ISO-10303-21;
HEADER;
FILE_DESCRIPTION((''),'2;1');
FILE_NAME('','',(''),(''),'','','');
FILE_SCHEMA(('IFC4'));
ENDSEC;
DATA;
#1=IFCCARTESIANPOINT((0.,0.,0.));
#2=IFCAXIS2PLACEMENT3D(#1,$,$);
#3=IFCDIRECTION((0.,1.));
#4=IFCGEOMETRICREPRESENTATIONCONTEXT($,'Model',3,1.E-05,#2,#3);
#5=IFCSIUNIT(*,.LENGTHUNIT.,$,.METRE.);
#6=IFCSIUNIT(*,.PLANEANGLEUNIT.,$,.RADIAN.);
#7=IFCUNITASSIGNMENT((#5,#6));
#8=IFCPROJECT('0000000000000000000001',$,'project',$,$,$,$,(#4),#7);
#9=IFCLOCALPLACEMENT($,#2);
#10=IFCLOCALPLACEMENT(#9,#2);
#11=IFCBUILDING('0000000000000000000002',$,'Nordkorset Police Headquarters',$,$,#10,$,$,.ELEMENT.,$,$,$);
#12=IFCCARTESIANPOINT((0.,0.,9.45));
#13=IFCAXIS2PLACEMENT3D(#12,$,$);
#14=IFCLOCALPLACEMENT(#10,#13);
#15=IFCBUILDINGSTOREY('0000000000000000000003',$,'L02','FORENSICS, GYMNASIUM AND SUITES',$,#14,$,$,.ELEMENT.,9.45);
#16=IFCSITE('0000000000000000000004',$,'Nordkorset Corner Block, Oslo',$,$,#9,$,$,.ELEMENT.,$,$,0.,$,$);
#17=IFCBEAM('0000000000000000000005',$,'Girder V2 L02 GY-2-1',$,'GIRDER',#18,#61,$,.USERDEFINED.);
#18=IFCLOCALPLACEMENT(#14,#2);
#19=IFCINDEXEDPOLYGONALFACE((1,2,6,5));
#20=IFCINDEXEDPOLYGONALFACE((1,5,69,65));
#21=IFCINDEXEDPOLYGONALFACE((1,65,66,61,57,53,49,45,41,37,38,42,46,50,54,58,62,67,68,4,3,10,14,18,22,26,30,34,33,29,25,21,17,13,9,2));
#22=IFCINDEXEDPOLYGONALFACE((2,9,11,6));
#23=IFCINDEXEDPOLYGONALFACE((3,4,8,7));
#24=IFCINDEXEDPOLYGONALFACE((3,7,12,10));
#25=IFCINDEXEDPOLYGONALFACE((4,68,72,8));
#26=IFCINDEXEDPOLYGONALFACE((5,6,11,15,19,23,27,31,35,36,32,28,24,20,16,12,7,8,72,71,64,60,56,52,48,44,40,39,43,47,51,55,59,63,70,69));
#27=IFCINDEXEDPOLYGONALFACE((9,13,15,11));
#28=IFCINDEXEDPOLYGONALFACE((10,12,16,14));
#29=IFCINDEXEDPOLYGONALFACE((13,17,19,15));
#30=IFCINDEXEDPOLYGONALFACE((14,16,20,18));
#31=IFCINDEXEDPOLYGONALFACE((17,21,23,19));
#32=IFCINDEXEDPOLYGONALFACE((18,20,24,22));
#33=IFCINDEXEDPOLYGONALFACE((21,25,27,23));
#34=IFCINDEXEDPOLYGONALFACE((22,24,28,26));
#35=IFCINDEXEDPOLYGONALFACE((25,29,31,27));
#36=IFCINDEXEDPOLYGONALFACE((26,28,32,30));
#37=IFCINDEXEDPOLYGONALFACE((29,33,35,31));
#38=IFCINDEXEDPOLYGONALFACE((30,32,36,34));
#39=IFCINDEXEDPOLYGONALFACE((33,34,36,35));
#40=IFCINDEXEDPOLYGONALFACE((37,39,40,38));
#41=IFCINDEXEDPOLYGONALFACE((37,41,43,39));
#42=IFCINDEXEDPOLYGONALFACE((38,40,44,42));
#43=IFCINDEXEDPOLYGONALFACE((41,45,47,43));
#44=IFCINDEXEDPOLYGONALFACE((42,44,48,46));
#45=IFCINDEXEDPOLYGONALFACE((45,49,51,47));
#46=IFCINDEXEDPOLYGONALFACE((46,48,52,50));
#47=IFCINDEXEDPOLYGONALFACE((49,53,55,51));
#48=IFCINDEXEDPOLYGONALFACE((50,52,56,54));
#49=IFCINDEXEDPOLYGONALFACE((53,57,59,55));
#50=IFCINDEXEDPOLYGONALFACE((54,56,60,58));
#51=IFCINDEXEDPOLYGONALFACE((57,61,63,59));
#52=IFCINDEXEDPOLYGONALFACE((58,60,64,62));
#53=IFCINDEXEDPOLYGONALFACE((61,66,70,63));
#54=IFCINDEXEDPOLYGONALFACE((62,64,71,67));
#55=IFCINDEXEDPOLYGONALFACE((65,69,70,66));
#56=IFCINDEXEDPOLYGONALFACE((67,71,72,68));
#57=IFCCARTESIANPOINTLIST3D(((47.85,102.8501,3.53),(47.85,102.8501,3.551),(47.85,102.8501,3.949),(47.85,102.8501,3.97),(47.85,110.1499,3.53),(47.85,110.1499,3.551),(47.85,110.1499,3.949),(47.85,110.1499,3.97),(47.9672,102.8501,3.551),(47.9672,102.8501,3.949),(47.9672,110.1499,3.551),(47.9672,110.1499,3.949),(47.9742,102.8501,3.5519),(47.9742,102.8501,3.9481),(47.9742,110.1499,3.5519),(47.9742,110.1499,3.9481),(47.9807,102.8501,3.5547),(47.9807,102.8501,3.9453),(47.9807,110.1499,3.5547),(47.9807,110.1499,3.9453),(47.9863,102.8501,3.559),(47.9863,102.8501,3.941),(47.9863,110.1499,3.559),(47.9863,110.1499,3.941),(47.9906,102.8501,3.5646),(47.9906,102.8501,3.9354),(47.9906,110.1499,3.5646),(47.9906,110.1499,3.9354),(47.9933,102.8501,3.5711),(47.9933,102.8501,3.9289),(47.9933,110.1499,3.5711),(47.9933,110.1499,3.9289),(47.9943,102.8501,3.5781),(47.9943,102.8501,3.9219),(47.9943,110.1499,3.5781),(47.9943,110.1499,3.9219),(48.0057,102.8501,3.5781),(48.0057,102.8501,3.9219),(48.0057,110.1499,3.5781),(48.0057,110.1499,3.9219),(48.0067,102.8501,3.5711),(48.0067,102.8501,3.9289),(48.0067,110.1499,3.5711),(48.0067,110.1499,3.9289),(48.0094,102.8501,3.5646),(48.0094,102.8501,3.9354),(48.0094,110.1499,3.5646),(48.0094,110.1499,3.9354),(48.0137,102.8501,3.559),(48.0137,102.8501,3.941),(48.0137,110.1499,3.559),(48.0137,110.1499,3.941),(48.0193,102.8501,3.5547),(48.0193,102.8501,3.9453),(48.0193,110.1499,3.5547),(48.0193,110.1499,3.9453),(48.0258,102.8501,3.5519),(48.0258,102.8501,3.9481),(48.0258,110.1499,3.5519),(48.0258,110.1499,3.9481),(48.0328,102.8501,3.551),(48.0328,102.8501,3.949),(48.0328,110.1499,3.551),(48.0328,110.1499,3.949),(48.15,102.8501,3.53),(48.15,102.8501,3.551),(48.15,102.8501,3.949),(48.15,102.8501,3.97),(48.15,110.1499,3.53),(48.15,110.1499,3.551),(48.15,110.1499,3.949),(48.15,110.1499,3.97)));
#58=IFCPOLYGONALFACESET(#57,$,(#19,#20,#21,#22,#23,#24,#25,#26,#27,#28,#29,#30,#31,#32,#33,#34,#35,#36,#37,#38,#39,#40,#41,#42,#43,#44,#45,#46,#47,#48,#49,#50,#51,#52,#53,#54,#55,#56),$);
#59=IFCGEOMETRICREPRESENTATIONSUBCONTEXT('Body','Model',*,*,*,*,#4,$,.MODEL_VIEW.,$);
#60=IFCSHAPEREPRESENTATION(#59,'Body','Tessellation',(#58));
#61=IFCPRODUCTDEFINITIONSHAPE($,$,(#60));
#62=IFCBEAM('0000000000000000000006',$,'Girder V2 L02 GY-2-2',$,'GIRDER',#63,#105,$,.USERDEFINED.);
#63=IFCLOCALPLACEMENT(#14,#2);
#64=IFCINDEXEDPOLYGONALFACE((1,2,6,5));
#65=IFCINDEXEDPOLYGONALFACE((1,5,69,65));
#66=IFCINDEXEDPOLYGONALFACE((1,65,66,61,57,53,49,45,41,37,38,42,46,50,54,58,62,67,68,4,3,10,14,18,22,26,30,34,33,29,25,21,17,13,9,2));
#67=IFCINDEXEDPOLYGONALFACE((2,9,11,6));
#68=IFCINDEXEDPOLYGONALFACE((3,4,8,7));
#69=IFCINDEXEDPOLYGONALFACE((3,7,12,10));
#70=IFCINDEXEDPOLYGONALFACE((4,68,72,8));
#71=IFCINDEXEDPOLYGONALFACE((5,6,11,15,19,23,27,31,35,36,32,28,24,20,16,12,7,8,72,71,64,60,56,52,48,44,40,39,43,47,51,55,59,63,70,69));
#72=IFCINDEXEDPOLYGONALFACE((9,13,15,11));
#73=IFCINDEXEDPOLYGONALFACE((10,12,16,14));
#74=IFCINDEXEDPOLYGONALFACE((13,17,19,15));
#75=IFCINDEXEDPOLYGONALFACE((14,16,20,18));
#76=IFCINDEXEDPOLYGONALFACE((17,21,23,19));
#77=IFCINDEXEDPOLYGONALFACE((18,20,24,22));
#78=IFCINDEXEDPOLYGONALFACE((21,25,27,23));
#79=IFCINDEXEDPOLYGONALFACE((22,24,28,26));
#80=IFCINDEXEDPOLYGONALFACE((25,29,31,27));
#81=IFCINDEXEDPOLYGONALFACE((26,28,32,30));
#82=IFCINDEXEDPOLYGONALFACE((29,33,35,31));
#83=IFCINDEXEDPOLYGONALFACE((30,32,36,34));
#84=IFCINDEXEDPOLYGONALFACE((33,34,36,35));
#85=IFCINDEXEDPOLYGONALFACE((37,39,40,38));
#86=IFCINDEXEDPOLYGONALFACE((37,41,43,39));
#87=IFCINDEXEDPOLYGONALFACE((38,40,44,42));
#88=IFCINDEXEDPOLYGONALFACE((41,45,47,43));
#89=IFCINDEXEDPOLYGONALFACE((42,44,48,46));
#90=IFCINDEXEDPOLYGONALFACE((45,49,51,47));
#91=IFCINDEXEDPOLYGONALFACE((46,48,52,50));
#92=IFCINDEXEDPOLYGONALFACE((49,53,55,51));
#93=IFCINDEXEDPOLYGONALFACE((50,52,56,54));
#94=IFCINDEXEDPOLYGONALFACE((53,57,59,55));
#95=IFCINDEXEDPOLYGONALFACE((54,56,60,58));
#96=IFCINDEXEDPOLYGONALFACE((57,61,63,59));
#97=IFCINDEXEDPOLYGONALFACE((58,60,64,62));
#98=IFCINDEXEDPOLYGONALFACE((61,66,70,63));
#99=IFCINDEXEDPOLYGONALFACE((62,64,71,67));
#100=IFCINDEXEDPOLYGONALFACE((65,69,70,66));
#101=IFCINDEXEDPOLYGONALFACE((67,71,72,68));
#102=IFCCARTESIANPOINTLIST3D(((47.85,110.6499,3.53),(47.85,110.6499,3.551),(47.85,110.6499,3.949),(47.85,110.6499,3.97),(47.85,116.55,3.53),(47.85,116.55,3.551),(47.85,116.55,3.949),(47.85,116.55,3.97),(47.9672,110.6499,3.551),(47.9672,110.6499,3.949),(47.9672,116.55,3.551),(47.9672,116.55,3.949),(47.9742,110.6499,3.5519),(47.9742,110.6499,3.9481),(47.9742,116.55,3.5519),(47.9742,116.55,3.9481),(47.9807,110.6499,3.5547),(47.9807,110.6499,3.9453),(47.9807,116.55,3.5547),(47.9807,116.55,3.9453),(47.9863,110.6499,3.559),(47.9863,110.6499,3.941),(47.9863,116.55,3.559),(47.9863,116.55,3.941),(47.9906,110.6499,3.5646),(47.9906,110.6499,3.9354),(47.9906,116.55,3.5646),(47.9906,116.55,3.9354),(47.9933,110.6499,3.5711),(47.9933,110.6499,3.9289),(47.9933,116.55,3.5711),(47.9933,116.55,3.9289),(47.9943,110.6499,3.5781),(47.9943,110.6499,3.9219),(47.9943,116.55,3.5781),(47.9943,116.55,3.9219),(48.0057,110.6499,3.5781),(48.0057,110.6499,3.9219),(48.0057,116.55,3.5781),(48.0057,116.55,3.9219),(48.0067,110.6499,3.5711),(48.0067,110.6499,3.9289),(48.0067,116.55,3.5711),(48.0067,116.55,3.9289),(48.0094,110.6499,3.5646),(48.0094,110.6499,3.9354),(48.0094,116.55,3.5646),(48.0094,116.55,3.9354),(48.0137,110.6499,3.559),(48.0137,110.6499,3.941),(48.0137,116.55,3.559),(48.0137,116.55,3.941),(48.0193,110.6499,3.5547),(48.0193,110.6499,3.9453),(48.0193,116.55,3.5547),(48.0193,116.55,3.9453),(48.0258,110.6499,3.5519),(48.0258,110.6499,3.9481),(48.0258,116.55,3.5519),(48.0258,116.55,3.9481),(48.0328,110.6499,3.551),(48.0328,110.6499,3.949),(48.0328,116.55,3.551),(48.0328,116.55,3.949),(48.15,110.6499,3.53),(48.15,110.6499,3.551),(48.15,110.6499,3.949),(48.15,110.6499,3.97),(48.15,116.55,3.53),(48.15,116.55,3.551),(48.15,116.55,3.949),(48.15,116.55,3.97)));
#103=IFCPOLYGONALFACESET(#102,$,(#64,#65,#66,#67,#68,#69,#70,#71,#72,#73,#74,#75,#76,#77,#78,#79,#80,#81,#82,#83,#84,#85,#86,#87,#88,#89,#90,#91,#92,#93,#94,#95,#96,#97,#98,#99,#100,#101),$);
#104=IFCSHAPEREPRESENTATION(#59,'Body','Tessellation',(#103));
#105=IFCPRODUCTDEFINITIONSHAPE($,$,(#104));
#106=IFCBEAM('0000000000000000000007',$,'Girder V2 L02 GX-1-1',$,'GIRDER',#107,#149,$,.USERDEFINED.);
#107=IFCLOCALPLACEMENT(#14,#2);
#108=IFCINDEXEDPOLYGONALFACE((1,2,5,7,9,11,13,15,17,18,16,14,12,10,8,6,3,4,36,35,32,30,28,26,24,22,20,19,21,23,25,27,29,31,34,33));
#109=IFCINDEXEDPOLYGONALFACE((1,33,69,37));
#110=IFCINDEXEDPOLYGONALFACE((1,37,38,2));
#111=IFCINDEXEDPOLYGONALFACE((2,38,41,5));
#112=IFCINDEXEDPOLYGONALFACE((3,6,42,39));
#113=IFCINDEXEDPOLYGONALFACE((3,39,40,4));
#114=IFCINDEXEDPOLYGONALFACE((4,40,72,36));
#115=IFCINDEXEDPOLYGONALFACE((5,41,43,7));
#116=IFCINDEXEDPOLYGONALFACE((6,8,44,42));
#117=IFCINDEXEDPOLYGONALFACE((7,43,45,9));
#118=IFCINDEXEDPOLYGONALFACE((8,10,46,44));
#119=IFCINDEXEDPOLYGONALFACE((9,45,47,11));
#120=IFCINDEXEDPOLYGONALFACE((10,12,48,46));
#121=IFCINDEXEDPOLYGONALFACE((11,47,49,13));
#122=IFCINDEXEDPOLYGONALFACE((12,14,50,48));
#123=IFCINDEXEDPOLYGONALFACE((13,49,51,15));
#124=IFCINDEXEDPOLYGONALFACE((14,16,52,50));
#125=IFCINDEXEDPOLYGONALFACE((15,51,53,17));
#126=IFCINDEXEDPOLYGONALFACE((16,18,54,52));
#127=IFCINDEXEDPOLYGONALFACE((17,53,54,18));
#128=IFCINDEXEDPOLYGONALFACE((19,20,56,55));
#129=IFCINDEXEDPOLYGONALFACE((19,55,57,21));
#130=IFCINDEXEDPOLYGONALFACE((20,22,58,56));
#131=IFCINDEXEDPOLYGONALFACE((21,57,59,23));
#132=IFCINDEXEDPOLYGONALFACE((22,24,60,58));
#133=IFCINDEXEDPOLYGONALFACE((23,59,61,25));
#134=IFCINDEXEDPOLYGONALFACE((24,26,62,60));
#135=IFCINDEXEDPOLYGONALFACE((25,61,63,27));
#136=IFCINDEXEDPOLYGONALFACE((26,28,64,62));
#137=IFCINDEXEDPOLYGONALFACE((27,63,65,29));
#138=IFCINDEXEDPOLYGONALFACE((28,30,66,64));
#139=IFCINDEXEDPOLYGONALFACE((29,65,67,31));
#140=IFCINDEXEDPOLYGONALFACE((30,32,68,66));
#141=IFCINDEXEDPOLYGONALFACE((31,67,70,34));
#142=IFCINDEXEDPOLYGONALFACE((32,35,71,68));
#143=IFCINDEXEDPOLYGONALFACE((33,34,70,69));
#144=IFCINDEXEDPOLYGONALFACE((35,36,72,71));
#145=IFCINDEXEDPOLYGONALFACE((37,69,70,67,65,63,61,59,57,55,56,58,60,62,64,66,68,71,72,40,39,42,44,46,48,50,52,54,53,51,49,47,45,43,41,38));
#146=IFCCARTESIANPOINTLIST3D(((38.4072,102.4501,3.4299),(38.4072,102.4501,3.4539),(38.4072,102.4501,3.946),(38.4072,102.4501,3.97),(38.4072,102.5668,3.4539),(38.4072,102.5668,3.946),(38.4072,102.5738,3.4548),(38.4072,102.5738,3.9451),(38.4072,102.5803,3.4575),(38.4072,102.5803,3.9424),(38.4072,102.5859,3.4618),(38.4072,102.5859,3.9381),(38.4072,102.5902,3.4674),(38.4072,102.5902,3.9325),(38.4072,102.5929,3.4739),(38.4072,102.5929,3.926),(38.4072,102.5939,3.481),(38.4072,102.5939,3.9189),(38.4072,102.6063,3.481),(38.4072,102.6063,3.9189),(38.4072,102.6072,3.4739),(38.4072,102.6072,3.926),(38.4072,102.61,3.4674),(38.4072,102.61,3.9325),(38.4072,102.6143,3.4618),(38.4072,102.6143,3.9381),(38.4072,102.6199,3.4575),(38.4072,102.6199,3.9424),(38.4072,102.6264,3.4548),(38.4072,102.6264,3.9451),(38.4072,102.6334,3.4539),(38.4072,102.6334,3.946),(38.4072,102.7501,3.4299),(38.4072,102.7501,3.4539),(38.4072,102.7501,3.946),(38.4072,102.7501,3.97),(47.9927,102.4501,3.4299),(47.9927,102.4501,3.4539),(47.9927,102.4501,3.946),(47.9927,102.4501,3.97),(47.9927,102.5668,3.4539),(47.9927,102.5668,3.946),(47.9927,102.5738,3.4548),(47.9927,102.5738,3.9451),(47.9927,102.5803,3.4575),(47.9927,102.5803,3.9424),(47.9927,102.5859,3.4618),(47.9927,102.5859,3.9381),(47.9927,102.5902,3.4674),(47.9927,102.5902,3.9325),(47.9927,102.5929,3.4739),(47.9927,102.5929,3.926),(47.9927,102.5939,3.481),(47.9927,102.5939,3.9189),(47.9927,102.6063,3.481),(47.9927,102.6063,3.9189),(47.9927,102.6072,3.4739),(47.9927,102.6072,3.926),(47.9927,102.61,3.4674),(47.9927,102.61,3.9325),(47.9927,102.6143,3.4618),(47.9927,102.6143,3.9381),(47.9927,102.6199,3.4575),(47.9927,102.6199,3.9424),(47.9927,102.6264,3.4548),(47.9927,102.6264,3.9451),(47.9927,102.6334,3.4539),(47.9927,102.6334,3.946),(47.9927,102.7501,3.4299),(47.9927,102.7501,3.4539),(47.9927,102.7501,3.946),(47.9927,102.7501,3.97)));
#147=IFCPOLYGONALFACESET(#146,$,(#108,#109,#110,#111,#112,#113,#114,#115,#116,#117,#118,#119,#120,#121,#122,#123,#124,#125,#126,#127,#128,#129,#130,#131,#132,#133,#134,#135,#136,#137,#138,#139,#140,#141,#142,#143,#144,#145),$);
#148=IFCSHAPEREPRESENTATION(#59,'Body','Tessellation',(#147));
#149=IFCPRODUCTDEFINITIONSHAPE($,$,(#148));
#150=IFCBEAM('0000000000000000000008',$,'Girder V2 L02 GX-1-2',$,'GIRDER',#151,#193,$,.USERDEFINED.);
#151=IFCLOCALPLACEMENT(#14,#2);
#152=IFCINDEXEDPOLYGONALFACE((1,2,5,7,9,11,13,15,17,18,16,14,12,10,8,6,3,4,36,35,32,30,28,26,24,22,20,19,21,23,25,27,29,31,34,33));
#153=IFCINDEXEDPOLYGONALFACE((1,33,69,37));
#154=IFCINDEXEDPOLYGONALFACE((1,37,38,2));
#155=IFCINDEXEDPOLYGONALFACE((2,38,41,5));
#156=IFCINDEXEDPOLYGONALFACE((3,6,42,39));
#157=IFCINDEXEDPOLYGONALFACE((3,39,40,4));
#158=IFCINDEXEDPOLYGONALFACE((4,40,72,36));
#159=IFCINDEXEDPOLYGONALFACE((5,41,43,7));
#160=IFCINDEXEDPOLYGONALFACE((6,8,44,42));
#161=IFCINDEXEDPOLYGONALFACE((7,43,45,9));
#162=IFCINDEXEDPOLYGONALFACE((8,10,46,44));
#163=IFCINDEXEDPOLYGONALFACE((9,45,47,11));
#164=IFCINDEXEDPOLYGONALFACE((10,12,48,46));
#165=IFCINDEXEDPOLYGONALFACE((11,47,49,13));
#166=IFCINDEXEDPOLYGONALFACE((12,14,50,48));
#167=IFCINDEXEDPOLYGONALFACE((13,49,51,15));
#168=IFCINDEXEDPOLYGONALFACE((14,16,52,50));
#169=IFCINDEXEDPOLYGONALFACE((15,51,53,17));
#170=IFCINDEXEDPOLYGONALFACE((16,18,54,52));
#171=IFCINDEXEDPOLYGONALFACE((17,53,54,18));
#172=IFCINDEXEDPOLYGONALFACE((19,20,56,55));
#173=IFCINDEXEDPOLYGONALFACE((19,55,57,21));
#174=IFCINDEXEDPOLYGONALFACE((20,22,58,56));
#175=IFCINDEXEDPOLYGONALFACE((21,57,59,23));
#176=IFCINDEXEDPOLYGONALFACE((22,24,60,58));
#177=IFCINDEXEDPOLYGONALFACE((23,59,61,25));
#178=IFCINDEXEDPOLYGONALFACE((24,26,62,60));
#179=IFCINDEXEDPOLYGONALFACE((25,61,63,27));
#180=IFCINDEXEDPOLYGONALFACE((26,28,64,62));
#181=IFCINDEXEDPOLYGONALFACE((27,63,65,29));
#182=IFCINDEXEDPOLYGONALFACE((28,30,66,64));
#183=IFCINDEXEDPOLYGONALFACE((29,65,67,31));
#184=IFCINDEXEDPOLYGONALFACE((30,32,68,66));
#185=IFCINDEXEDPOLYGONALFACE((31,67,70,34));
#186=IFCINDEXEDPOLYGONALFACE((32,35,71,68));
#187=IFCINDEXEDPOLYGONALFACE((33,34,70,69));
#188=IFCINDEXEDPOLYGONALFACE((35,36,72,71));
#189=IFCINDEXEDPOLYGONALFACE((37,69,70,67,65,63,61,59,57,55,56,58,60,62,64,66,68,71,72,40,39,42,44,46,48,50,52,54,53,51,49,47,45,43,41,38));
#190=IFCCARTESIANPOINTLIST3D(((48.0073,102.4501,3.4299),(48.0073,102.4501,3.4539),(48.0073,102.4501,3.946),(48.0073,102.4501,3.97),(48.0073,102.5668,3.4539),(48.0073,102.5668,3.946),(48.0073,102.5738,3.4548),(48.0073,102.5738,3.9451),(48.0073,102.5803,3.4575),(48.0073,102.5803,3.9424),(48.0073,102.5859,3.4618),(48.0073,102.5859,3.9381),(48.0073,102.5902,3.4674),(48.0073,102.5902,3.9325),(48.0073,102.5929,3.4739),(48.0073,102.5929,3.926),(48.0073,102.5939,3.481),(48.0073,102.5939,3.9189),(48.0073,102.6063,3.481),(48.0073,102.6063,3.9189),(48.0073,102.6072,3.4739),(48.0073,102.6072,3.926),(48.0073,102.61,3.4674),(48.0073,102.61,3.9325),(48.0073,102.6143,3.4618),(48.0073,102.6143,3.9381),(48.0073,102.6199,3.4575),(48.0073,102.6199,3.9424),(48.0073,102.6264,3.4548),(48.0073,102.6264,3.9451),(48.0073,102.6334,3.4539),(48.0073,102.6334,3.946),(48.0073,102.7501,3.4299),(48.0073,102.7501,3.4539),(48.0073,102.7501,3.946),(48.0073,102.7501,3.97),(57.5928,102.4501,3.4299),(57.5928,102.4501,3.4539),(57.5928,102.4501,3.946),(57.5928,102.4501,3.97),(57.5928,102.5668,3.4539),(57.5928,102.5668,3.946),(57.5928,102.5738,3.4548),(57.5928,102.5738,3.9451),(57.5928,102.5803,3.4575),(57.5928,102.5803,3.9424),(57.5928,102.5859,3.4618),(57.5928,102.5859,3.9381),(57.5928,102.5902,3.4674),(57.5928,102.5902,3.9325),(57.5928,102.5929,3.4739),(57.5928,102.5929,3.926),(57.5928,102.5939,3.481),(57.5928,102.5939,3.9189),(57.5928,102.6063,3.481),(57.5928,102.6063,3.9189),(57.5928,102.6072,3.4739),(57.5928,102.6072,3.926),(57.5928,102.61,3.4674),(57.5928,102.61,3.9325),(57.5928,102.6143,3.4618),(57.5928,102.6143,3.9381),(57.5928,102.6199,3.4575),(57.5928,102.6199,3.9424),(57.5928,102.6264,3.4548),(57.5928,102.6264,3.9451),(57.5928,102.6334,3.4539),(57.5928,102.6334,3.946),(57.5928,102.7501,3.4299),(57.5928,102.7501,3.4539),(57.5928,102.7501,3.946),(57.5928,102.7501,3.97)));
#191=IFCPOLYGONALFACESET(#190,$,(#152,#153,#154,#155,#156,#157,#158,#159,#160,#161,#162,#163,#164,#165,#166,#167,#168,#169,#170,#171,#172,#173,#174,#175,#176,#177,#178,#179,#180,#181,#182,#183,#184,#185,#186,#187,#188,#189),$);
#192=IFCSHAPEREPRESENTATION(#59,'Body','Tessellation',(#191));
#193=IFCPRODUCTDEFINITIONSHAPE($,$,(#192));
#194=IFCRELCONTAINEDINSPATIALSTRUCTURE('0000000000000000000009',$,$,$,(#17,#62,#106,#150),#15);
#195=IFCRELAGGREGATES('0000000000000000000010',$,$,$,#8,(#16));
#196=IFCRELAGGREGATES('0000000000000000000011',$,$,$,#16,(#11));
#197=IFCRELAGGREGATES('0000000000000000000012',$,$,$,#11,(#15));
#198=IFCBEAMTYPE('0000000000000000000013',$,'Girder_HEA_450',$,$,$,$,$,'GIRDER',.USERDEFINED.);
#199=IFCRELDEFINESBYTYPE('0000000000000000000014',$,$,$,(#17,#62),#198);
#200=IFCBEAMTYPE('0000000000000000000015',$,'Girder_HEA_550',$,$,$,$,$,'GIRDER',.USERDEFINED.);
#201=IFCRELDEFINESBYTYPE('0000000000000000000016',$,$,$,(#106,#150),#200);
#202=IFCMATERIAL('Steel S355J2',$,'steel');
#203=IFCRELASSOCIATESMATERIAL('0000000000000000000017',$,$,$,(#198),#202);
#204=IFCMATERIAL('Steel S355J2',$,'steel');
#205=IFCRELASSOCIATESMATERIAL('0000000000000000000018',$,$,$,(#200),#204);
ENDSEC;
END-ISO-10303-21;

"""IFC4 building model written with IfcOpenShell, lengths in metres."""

from ifc_helpers import new_model, si_unit, direction, frame, origin, origin_2d, place, context, subcontext, project, spatial, i_section, extrude, material, material_profile, profile_set, type_object, element, save


model = new_model("IFC4")

# Units and contexts
model_context = context("Model", 3, precision=1e-05, world=origin(), true_north=direction((0.0, 1.0)))
body_context = subcontext(model_context, "Body", "Model", "MODEL_VIEW")
ifc_project = project(units=[si_unit("LENGTHUNIT", "METRE"), si_unit("PLANEANGLEUNIT", "RADIAN")], contexts=[model_context])

# Site, building, storey
site_placement = place(None, origin())
site = spatial("IfcSite", under=ifc_project, at=site_placement, Name="Nordkorset Corner Block, Oslo", CompositionType="ELEMENT", RefElevation=0.0)
building_placement = place(site_placement, origin())
building = spatial("IfcBuilding", under=site, at=building_placement, Name="Nordkorset Police Headquarters", CompositionType="ELEMENT")
storey_placement = place(building_placement, frame((0.0, 0.0, 9.45)))
storey = spatial("IfcBuildingStorey", under=building, at=storey_placement, Name="L02", Description="FORENSICS, GYMNASIUM AND SUITES", CompositionType="ELEMENT", Elevation=9.45)

# Beams
ifc_material_1 = material(Name="Steel S355J2", Category="steel")
ifc_material_profile_1 = material_profile(ifc_material_1, i_section(OverallWidth=0.3, OverallDepth=0.4399, WebThickness=0.0115, FlangeThickness=0.021, FilletRadius=0.0271, at=origin_2d()), Name="HEA 450")
ifc_profile_set_1 = profile_set([ifc_material_profile_1], Name="Steel S355J2")
beam_type_1 = type_object("IfcBeamType", Name="Girder_HEA_450", ElementType="GIRDER", PredefinedType="USERDEFINED", material=ifc_profile_set_1)
beam_1_placement = place(storey_placement, frame((48.0, 102.8501, 3.75), z_axis=(0.0, 1.0, 0.0), x_axis=(-1.0, 0.0, 0.0)))
element("IfcBeam", 1, at=beam_1_placement, inside=storey, type_object=beam_type_1, Name="Girder V2 L02 GY-2-1", ObjectType="GIRDER", PredefinedType="USERDEFINED", context=body_context, shape_type="SweptSolid", body=[
    extrude(i_section(OverallWidth=0.3, OverallDepth=0.4399, WebThickness=0.0115, FlangeThickness=0.021, FilletRadius=0.0271, at=origin_2d()), origin(), (0.0, 0.0, 1.0), 7.2998),
])
beam_2_placement = place(storey_placement, frame((48.0, 110.6499, 3.75), z_axis=(0.0, 1.0, 0.0), x_axis=(-1.0, 0.0, 0.0)))
element("IfcBeam", 2, at=beam_2_placement, inside=storey, type_object=beam_type_1, Name="Girder V2 L02 GY-2-2", ObjectType="GIRDER", PredefinedType="USERDEFINED", context=body_context, shape_type="SweptSolid", body=[
    extrude(i_section(OverallWidth=0.3, OverallDepth=0.4399, WebThickness=0.0115, FlangeThickness=0.021, FilletRadius=0.0271, at=origin_2d()), origin(), (0.0, 0.0, 1.0), 5.9001),
])
ifc_material_2 = material(Name="Steel S355J2", Category="steel")
ifc_material_profile_2 = material_profile(ifc_material_2, i_section(OverallWidth=0.3, OverallDepth=0.54, WebThickness=0.0125, FlangeThickness=0.0239, FilletRadius=0.0271, at=origin_2d()), Name="HEA 550")
ifc_profile_set_2 = profile_set([ifc_material_profile_2], Name="Steel S355J2")
beam_type_2 = type_object("IfcBeamType", Name="Girder_HEA_550", ElementType="GIRDER", PredefinedType="USERDEFINED", material=ifc_profile_set_2)
for number, where, z_axis, x_axis, name in (
    (3, (38.4072, 102.6001, 3.7), (1.0, 0.0, 0.0), (0.0, 1.0, 0.0), "Girder V2 L02 GX-1-1"),
    (4, (48.0073, 102.6001, 3.7), (1.0, 0.0, 0.0), (0.0, 1.0, 0.0), "Girder V2 L02 GX-1-2"),
):
    element("IfcBeam", number, at=place(storey_placement, frame(where, z_axis=z_axis, x_axis=x_axis)), inside=storey, type_object=beam_type_2, Name=name, ObjectType="GIRDER", PredefinedType="USERDEFINED", context=body_context, shape_type="SweptSolid", body=[
        extrude(i_section(OverallWidth=0.3, OverallDepth=0.54, WebThickness=0.0125, FlangeThickness=0.0239, FilletRadius=0.0271, at=origin_2d()), origin(), (0.0, 0.0, 1.0), 9.5854),
    ])

save(model, "model.ifc")
